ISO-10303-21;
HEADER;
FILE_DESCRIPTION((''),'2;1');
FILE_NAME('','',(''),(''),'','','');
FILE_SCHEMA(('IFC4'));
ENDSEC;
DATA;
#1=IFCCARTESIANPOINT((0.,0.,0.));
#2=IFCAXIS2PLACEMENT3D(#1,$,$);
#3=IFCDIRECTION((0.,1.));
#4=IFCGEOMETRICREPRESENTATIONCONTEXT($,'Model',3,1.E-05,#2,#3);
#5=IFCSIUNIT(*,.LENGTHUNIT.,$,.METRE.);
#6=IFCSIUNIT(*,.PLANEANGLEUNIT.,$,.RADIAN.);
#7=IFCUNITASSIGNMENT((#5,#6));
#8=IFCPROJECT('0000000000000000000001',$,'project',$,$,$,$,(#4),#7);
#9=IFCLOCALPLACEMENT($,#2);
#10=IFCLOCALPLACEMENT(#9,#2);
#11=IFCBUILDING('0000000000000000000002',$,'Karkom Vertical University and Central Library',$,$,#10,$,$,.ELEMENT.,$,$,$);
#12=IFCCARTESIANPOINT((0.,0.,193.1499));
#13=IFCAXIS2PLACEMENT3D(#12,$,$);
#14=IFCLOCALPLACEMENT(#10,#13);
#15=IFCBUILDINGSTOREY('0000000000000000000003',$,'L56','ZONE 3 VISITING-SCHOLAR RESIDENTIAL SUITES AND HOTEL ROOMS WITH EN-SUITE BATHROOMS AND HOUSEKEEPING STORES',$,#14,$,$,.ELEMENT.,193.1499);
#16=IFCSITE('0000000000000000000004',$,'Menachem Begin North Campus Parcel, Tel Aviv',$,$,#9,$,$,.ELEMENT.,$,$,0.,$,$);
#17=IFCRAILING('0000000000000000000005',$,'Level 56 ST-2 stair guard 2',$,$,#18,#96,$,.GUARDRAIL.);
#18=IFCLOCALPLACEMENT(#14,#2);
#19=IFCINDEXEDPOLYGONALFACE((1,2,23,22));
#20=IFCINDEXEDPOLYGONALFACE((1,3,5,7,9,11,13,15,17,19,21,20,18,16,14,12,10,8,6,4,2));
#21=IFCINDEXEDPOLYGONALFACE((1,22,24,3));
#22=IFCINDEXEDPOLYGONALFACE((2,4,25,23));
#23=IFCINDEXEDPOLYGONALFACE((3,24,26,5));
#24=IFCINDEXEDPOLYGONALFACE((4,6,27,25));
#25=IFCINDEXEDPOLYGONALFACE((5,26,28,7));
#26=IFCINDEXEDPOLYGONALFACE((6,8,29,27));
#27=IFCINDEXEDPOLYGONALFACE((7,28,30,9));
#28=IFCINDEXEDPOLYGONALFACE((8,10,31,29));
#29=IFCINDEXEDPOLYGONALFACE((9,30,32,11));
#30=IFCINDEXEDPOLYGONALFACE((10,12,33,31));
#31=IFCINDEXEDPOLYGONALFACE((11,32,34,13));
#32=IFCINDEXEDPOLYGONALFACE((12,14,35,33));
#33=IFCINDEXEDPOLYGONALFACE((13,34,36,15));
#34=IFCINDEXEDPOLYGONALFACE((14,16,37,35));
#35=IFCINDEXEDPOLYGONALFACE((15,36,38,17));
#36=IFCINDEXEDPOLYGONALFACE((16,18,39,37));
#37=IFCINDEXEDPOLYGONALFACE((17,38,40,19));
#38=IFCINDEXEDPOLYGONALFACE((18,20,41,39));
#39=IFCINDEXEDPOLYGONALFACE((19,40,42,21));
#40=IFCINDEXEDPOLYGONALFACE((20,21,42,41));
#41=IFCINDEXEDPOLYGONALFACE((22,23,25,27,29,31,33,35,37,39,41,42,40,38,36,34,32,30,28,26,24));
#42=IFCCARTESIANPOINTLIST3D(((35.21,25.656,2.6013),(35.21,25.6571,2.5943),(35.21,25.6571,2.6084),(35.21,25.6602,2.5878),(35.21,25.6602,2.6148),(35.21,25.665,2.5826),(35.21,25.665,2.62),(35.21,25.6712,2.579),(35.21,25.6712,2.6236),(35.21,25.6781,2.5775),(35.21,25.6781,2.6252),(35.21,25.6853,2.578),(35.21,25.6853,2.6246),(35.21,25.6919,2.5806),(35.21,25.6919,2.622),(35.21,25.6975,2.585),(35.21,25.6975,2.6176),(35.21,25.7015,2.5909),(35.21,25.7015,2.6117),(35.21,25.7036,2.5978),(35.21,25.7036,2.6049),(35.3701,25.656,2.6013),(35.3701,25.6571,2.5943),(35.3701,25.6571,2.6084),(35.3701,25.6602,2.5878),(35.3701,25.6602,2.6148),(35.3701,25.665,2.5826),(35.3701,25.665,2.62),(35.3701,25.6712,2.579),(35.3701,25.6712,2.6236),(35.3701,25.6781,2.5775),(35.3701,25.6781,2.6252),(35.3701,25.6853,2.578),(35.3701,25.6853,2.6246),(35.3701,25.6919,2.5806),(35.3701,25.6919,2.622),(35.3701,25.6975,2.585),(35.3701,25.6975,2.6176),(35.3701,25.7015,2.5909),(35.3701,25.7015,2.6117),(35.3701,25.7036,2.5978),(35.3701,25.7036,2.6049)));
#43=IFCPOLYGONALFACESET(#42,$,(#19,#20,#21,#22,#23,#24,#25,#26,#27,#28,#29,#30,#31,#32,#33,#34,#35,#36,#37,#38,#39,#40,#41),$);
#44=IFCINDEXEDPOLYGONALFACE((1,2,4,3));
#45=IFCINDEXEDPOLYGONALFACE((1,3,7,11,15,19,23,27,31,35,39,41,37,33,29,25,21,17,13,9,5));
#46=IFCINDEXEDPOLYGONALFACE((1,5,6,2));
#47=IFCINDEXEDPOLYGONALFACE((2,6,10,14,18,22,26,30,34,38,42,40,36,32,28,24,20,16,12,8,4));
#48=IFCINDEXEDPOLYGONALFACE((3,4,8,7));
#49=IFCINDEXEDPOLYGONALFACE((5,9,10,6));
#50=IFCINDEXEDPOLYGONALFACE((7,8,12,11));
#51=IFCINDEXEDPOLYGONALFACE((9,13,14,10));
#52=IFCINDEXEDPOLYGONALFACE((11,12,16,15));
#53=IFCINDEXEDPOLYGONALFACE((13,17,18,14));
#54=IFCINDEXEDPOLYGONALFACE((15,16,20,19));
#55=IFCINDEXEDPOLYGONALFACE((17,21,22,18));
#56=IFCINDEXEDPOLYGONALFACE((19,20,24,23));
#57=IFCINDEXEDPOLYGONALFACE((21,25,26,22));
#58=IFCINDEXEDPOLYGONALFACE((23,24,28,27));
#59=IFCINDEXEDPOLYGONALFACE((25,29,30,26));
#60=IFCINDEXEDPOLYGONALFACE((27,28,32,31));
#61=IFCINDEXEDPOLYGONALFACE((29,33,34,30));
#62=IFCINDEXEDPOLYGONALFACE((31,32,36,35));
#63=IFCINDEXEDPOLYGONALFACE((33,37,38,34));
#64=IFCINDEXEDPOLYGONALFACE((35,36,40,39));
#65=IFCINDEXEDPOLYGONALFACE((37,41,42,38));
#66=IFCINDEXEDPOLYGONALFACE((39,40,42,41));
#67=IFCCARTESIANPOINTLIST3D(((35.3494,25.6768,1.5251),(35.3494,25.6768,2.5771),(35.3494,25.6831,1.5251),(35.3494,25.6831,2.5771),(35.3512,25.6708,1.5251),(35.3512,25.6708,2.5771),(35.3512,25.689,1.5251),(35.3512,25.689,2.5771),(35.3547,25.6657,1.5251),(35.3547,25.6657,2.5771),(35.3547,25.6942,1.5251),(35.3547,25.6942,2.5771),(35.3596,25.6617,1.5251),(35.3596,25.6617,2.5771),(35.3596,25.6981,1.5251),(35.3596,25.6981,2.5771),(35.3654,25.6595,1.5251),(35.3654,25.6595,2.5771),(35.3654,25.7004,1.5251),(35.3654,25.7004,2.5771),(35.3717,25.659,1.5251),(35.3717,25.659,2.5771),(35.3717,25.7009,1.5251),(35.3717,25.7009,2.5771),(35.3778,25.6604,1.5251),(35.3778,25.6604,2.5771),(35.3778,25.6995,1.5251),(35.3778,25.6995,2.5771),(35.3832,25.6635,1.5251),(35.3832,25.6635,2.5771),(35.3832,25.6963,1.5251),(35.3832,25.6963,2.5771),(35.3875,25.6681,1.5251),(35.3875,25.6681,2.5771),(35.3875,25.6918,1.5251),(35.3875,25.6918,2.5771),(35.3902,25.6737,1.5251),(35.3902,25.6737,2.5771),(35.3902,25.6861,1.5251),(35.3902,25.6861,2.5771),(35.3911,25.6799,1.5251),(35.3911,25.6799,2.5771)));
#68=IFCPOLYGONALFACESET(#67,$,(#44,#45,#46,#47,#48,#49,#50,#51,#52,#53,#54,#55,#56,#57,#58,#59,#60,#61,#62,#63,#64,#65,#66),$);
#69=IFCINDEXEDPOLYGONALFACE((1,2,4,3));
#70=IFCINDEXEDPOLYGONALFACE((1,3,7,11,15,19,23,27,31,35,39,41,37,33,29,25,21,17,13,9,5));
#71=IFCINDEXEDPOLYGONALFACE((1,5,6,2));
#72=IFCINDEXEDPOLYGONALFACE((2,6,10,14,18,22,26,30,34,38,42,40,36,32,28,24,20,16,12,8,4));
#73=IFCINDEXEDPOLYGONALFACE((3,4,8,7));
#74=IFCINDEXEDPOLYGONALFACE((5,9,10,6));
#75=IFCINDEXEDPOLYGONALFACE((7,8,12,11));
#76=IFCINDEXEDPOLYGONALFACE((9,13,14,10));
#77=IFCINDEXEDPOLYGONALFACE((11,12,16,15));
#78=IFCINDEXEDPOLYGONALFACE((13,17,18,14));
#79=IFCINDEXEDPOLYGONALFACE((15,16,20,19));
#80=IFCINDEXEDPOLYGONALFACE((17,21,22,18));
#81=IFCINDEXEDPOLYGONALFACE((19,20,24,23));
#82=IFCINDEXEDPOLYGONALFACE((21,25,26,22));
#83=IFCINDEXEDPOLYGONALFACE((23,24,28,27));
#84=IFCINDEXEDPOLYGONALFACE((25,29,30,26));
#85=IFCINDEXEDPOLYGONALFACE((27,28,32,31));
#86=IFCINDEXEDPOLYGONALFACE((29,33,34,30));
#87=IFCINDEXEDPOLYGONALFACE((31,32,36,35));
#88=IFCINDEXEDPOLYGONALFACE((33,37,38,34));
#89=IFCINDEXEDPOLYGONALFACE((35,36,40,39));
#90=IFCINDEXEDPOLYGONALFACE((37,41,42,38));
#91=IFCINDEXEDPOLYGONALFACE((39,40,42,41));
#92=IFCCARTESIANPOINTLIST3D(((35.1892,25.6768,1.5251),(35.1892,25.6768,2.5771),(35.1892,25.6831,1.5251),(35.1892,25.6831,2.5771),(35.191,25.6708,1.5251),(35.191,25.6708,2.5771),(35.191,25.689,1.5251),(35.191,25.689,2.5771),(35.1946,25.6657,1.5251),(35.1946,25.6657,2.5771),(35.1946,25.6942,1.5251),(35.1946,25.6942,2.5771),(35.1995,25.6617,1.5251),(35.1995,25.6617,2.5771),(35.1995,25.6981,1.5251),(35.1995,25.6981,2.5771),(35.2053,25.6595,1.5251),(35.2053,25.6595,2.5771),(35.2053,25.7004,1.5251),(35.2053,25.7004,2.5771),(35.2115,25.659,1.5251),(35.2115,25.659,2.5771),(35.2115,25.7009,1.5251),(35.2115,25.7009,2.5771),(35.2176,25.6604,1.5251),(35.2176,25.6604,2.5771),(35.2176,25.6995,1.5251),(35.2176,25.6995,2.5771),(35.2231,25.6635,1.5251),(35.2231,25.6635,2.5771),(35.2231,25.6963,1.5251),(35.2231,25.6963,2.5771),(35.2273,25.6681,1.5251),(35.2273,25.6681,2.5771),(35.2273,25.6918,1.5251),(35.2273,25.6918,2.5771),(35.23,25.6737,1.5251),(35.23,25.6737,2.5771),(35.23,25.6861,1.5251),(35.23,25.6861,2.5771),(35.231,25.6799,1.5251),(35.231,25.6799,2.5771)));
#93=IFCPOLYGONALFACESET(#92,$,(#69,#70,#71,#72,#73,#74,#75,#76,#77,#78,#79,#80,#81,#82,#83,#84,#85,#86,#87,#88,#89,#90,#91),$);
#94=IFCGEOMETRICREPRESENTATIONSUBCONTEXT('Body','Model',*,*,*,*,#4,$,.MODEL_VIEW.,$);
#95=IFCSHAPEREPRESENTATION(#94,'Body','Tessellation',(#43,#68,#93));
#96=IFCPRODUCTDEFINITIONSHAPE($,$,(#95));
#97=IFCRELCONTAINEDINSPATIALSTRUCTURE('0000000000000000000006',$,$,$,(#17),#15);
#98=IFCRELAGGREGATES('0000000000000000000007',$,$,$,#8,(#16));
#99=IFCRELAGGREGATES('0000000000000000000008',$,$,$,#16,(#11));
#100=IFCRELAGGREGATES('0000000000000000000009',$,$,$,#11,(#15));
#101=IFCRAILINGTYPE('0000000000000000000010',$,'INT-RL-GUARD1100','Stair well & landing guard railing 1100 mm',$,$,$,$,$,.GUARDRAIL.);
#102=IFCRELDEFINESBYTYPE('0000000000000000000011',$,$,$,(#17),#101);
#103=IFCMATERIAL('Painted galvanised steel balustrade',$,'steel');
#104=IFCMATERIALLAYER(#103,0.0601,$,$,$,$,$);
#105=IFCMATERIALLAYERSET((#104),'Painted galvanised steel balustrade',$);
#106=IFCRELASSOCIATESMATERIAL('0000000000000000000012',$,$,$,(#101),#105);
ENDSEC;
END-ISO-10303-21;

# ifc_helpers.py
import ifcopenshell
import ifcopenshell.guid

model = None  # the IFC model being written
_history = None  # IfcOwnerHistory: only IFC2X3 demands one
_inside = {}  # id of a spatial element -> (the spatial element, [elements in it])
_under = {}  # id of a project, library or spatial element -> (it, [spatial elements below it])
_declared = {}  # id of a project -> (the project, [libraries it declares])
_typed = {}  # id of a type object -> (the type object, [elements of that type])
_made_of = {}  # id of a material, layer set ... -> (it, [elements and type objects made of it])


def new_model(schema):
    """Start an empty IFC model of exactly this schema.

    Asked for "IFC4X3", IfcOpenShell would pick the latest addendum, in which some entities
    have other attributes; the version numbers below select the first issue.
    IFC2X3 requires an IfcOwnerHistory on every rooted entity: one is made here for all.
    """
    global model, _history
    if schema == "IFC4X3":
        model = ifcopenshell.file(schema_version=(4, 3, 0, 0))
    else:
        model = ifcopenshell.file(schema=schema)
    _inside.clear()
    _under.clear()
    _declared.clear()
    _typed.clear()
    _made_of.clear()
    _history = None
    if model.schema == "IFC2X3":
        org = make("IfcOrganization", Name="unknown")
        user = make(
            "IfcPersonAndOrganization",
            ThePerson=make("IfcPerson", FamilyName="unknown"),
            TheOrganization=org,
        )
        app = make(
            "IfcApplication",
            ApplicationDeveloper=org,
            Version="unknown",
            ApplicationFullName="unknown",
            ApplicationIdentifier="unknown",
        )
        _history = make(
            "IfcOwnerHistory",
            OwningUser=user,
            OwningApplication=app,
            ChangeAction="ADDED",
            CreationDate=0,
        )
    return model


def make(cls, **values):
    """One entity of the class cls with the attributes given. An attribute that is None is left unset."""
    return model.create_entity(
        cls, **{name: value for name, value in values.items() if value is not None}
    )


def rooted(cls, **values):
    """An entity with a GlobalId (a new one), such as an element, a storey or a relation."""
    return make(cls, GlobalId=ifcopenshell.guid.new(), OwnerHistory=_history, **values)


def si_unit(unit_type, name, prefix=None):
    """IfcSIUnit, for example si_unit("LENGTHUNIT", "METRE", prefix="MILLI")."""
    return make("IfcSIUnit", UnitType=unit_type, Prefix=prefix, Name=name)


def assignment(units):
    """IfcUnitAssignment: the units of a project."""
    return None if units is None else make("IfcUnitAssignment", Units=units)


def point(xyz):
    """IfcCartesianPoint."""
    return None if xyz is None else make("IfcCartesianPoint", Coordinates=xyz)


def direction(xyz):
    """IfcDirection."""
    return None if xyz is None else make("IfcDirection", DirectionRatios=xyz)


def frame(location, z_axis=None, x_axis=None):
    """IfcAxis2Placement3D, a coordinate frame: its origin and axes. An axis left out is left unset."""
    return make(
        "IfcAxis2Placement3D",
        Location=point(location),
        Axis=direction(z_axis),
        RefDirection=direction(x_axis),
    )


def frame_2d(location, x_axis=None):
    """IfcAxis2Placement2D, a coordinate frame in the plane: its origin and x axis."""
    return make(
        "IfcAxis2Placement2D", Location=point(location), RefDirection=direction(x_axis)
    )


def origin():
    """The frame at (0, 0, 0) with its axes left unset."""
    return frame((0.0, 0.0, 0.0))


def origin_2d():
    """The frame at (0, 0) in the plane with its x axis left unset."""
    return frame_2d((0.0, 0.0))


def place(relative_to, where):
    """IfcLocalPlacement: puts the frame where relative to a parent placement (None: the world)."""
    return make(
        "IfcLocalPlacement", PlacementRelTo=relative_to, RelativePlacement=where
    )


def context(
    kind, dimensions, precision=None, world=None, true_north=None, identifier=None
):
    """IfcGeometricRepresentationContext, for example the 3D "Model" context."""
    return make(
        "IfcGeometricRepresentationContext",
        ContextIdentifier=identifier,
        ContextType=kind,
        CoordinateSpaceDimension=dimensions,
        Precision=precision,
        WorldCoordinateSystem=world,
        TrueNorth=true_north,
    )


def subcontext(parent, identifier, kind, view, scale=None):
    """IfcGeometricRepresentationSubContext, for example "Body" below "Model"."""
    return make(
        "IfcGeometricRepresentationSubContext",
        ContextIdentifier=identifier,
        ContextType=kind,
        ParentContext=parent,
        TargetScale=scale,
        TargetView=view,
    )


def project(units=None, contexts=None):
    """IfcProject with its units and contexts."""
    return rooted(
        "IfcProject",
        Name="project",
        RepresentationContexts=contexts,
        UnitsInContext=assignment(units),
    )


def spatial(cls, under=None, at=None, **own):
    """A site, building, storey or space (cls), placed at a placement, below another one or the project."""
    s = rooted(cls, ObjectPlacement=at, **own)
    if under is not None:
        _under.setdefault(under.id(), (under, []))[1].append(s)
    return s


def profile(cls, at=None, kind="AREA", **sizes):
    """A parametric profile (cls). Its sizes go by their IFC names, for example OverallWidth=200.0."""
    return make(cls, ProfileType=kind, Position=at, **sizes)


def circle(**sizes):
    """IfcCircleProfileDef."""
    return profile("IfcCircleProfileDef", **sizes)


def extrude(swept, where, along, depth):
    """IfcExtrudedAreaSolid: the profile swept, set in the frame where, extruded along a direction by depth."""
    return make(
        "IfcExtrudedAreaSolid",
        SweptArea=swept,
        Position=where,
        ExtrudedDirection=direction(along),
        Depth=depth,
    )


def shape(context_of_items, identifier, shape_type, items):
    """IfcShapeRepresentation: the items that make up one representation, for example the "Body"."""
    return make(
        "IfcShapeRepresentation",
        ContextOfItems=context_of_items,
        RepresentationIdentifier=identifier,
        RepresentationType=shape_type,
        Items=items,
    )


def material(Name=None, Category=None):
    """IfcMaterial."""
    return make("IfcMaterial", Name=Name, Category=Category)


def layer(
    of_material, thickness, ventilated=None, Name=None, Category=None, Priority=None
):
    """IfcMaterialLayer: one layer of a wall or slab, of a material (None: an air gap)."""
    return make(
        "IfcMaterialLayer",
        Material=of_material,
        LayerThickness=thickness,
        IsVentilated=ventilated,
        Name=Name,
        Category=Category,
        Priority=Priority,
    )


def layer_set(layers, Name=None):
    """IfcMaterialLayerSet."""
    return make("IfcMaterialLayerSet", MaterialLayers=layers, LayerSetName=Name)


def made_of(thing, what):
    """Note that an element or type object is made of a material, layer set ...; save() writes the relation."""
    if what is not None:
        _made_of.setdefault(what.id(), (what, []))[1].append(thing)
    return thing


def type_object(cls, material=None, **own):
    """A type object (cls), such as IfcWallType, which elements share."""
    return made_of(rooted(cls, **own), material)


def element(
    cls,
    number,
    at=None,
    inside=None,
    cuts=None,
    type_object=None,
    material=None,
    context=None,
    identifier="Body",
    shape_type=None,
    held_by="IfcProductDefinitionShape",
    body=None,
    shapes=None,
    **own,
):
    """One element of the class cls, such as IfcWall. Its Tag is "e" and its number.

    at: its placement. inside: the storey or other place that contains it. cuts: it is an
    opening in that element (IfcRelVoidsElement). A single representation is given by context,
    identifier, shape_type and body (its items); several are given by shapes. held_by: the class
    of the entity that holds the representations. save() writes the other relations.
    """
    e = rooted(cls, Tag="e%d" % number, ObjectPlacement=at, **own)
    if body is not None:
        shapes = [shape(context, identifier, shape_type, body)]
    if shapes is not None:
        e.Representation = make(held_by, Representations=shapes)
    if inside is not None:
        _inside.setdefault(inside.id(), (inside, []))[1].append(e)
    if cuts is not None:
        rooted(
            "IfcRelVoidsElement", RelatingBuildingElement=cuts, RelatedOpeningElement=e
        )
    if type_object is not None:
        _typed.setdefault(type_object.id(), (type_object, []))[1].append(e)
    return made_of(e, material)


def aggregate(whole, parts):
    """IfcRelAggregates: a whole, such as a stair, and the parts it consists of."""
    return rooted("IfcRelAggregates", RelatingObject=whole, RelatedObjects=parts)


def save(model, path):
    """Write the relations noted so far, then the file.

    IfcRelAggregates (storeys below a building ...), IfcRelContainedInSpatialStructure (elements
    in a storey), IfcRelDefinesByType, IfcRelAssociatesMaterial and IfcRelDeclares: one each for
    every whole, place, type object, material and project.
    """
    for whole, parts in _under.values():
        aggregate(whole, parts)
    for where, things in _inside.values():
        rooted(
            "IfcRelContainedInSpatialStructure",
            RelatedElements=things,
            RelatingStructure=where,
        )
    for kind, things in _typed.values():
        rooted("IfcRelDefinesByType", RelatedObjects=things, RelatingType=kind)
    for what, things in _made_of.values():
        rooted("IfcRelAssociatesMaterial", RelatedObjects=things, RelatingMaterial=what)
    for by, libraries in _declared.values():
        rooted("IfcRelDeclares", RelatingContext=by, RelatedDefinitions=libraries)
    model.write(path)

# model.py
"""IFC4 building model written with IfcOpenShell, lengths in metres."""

from ifc_helpers import new_model, si_unit, direction, frame, origin, origin_2d, place, context, subcontext, project, spatial, circle, extrude, material, layer, layer_set, type_object, element, save


model = new_model("IFC4")

# Units and contexts
model_context = context("Model", 3, precision=1e-05, world=origin(), true_north=direction((0.0, 1.0)))
body_context = subcontext(model_context, "Body", "Model", "MODEL_VIEW")
ifc_project = project(units=[si_unit("LENGTHUNIT", "METRE"), si_unit("PLANEANGLEUNIT", "RADIAN")], contexts=[model_context])

# Site, building, storey
site_placement = place(None, origin())
site = spatial("IfcSite", under=ifc_project, at=site_placement, Name="Menachem Begin North Campus Parcel, Tel Aviv", CompositionType="ELEMENT", RefElevation=0.0)
building_placement = place(site_placement, origin())
building = spatial("IfcBuilding", under=site, at=building_placement, Name="Karkom Vertical University and Central Library", CompositionType="ELEMENT")
storey_placement = place(building_placement, frame((0.0, 0.0, 193.1499)))
storey = spatial("IfcBuildingStorey", under=building, at=storey_placement, Name="L56", Description="ZONE 3 VISITING-SCHOLAR RESIDENTIAL SUITES AND HOTEL ROOMS WITH EN-SUITE BATHROOMS AND HOUSEKEEPING STORES", CompositionType="ELEMENT", Elevation=193.1499)

# Railing
ifc_material_1 = material(Name="Painted galvanised steel balustrade", Category="steel")
ifc_layer_1 = layer(ifc_material_1, 0.0601)
ifc_layer_set_1 = layer_set([ifc_layer_1], Name="Painted galvanised steel balustrade")
railing_type_1 = type_object("IfcRailingType", Name="INT-RL-GUARD1100", Description="Stair well & landing guard railing 1100 mm", PredefinedType="GUARDRAIL", material=ifc_layer_set_1)
railing_1_placement = place(storey_placement, frame((35.3701, 25.6799, 1.5251)))
element("IfcRailing", 1, at=railing_1_placement, inside=storey, type_object=railing_type_1, Name="Level 56 ST-2 stair guard 2", PredefinedType="GUARDRAIL", context=body_context, shape_type="SweptSolid", body=[
    extrude(circle(Radius=0.0239, at=origin_2d()), frame((0.0, 0.0, 1.0762), z_axis=(-1.0, 0.0, 0.0), x_axis=(0.0, -1.0, 0.0)), (0.0, 0.0, 1.0), 0.1602),
    extrude(circle(Radius=0.021, at=origin_2d()), origin(), (0.0, 0.0, 1.0), 1.052),
    extrude(circle(Radius=0.021, at=origin_2d()), frame((-0.1602, 0.0, 0.0)), (0.0, 0.0, 1.0), 1.052),
])

save(model, "model.ifc")
